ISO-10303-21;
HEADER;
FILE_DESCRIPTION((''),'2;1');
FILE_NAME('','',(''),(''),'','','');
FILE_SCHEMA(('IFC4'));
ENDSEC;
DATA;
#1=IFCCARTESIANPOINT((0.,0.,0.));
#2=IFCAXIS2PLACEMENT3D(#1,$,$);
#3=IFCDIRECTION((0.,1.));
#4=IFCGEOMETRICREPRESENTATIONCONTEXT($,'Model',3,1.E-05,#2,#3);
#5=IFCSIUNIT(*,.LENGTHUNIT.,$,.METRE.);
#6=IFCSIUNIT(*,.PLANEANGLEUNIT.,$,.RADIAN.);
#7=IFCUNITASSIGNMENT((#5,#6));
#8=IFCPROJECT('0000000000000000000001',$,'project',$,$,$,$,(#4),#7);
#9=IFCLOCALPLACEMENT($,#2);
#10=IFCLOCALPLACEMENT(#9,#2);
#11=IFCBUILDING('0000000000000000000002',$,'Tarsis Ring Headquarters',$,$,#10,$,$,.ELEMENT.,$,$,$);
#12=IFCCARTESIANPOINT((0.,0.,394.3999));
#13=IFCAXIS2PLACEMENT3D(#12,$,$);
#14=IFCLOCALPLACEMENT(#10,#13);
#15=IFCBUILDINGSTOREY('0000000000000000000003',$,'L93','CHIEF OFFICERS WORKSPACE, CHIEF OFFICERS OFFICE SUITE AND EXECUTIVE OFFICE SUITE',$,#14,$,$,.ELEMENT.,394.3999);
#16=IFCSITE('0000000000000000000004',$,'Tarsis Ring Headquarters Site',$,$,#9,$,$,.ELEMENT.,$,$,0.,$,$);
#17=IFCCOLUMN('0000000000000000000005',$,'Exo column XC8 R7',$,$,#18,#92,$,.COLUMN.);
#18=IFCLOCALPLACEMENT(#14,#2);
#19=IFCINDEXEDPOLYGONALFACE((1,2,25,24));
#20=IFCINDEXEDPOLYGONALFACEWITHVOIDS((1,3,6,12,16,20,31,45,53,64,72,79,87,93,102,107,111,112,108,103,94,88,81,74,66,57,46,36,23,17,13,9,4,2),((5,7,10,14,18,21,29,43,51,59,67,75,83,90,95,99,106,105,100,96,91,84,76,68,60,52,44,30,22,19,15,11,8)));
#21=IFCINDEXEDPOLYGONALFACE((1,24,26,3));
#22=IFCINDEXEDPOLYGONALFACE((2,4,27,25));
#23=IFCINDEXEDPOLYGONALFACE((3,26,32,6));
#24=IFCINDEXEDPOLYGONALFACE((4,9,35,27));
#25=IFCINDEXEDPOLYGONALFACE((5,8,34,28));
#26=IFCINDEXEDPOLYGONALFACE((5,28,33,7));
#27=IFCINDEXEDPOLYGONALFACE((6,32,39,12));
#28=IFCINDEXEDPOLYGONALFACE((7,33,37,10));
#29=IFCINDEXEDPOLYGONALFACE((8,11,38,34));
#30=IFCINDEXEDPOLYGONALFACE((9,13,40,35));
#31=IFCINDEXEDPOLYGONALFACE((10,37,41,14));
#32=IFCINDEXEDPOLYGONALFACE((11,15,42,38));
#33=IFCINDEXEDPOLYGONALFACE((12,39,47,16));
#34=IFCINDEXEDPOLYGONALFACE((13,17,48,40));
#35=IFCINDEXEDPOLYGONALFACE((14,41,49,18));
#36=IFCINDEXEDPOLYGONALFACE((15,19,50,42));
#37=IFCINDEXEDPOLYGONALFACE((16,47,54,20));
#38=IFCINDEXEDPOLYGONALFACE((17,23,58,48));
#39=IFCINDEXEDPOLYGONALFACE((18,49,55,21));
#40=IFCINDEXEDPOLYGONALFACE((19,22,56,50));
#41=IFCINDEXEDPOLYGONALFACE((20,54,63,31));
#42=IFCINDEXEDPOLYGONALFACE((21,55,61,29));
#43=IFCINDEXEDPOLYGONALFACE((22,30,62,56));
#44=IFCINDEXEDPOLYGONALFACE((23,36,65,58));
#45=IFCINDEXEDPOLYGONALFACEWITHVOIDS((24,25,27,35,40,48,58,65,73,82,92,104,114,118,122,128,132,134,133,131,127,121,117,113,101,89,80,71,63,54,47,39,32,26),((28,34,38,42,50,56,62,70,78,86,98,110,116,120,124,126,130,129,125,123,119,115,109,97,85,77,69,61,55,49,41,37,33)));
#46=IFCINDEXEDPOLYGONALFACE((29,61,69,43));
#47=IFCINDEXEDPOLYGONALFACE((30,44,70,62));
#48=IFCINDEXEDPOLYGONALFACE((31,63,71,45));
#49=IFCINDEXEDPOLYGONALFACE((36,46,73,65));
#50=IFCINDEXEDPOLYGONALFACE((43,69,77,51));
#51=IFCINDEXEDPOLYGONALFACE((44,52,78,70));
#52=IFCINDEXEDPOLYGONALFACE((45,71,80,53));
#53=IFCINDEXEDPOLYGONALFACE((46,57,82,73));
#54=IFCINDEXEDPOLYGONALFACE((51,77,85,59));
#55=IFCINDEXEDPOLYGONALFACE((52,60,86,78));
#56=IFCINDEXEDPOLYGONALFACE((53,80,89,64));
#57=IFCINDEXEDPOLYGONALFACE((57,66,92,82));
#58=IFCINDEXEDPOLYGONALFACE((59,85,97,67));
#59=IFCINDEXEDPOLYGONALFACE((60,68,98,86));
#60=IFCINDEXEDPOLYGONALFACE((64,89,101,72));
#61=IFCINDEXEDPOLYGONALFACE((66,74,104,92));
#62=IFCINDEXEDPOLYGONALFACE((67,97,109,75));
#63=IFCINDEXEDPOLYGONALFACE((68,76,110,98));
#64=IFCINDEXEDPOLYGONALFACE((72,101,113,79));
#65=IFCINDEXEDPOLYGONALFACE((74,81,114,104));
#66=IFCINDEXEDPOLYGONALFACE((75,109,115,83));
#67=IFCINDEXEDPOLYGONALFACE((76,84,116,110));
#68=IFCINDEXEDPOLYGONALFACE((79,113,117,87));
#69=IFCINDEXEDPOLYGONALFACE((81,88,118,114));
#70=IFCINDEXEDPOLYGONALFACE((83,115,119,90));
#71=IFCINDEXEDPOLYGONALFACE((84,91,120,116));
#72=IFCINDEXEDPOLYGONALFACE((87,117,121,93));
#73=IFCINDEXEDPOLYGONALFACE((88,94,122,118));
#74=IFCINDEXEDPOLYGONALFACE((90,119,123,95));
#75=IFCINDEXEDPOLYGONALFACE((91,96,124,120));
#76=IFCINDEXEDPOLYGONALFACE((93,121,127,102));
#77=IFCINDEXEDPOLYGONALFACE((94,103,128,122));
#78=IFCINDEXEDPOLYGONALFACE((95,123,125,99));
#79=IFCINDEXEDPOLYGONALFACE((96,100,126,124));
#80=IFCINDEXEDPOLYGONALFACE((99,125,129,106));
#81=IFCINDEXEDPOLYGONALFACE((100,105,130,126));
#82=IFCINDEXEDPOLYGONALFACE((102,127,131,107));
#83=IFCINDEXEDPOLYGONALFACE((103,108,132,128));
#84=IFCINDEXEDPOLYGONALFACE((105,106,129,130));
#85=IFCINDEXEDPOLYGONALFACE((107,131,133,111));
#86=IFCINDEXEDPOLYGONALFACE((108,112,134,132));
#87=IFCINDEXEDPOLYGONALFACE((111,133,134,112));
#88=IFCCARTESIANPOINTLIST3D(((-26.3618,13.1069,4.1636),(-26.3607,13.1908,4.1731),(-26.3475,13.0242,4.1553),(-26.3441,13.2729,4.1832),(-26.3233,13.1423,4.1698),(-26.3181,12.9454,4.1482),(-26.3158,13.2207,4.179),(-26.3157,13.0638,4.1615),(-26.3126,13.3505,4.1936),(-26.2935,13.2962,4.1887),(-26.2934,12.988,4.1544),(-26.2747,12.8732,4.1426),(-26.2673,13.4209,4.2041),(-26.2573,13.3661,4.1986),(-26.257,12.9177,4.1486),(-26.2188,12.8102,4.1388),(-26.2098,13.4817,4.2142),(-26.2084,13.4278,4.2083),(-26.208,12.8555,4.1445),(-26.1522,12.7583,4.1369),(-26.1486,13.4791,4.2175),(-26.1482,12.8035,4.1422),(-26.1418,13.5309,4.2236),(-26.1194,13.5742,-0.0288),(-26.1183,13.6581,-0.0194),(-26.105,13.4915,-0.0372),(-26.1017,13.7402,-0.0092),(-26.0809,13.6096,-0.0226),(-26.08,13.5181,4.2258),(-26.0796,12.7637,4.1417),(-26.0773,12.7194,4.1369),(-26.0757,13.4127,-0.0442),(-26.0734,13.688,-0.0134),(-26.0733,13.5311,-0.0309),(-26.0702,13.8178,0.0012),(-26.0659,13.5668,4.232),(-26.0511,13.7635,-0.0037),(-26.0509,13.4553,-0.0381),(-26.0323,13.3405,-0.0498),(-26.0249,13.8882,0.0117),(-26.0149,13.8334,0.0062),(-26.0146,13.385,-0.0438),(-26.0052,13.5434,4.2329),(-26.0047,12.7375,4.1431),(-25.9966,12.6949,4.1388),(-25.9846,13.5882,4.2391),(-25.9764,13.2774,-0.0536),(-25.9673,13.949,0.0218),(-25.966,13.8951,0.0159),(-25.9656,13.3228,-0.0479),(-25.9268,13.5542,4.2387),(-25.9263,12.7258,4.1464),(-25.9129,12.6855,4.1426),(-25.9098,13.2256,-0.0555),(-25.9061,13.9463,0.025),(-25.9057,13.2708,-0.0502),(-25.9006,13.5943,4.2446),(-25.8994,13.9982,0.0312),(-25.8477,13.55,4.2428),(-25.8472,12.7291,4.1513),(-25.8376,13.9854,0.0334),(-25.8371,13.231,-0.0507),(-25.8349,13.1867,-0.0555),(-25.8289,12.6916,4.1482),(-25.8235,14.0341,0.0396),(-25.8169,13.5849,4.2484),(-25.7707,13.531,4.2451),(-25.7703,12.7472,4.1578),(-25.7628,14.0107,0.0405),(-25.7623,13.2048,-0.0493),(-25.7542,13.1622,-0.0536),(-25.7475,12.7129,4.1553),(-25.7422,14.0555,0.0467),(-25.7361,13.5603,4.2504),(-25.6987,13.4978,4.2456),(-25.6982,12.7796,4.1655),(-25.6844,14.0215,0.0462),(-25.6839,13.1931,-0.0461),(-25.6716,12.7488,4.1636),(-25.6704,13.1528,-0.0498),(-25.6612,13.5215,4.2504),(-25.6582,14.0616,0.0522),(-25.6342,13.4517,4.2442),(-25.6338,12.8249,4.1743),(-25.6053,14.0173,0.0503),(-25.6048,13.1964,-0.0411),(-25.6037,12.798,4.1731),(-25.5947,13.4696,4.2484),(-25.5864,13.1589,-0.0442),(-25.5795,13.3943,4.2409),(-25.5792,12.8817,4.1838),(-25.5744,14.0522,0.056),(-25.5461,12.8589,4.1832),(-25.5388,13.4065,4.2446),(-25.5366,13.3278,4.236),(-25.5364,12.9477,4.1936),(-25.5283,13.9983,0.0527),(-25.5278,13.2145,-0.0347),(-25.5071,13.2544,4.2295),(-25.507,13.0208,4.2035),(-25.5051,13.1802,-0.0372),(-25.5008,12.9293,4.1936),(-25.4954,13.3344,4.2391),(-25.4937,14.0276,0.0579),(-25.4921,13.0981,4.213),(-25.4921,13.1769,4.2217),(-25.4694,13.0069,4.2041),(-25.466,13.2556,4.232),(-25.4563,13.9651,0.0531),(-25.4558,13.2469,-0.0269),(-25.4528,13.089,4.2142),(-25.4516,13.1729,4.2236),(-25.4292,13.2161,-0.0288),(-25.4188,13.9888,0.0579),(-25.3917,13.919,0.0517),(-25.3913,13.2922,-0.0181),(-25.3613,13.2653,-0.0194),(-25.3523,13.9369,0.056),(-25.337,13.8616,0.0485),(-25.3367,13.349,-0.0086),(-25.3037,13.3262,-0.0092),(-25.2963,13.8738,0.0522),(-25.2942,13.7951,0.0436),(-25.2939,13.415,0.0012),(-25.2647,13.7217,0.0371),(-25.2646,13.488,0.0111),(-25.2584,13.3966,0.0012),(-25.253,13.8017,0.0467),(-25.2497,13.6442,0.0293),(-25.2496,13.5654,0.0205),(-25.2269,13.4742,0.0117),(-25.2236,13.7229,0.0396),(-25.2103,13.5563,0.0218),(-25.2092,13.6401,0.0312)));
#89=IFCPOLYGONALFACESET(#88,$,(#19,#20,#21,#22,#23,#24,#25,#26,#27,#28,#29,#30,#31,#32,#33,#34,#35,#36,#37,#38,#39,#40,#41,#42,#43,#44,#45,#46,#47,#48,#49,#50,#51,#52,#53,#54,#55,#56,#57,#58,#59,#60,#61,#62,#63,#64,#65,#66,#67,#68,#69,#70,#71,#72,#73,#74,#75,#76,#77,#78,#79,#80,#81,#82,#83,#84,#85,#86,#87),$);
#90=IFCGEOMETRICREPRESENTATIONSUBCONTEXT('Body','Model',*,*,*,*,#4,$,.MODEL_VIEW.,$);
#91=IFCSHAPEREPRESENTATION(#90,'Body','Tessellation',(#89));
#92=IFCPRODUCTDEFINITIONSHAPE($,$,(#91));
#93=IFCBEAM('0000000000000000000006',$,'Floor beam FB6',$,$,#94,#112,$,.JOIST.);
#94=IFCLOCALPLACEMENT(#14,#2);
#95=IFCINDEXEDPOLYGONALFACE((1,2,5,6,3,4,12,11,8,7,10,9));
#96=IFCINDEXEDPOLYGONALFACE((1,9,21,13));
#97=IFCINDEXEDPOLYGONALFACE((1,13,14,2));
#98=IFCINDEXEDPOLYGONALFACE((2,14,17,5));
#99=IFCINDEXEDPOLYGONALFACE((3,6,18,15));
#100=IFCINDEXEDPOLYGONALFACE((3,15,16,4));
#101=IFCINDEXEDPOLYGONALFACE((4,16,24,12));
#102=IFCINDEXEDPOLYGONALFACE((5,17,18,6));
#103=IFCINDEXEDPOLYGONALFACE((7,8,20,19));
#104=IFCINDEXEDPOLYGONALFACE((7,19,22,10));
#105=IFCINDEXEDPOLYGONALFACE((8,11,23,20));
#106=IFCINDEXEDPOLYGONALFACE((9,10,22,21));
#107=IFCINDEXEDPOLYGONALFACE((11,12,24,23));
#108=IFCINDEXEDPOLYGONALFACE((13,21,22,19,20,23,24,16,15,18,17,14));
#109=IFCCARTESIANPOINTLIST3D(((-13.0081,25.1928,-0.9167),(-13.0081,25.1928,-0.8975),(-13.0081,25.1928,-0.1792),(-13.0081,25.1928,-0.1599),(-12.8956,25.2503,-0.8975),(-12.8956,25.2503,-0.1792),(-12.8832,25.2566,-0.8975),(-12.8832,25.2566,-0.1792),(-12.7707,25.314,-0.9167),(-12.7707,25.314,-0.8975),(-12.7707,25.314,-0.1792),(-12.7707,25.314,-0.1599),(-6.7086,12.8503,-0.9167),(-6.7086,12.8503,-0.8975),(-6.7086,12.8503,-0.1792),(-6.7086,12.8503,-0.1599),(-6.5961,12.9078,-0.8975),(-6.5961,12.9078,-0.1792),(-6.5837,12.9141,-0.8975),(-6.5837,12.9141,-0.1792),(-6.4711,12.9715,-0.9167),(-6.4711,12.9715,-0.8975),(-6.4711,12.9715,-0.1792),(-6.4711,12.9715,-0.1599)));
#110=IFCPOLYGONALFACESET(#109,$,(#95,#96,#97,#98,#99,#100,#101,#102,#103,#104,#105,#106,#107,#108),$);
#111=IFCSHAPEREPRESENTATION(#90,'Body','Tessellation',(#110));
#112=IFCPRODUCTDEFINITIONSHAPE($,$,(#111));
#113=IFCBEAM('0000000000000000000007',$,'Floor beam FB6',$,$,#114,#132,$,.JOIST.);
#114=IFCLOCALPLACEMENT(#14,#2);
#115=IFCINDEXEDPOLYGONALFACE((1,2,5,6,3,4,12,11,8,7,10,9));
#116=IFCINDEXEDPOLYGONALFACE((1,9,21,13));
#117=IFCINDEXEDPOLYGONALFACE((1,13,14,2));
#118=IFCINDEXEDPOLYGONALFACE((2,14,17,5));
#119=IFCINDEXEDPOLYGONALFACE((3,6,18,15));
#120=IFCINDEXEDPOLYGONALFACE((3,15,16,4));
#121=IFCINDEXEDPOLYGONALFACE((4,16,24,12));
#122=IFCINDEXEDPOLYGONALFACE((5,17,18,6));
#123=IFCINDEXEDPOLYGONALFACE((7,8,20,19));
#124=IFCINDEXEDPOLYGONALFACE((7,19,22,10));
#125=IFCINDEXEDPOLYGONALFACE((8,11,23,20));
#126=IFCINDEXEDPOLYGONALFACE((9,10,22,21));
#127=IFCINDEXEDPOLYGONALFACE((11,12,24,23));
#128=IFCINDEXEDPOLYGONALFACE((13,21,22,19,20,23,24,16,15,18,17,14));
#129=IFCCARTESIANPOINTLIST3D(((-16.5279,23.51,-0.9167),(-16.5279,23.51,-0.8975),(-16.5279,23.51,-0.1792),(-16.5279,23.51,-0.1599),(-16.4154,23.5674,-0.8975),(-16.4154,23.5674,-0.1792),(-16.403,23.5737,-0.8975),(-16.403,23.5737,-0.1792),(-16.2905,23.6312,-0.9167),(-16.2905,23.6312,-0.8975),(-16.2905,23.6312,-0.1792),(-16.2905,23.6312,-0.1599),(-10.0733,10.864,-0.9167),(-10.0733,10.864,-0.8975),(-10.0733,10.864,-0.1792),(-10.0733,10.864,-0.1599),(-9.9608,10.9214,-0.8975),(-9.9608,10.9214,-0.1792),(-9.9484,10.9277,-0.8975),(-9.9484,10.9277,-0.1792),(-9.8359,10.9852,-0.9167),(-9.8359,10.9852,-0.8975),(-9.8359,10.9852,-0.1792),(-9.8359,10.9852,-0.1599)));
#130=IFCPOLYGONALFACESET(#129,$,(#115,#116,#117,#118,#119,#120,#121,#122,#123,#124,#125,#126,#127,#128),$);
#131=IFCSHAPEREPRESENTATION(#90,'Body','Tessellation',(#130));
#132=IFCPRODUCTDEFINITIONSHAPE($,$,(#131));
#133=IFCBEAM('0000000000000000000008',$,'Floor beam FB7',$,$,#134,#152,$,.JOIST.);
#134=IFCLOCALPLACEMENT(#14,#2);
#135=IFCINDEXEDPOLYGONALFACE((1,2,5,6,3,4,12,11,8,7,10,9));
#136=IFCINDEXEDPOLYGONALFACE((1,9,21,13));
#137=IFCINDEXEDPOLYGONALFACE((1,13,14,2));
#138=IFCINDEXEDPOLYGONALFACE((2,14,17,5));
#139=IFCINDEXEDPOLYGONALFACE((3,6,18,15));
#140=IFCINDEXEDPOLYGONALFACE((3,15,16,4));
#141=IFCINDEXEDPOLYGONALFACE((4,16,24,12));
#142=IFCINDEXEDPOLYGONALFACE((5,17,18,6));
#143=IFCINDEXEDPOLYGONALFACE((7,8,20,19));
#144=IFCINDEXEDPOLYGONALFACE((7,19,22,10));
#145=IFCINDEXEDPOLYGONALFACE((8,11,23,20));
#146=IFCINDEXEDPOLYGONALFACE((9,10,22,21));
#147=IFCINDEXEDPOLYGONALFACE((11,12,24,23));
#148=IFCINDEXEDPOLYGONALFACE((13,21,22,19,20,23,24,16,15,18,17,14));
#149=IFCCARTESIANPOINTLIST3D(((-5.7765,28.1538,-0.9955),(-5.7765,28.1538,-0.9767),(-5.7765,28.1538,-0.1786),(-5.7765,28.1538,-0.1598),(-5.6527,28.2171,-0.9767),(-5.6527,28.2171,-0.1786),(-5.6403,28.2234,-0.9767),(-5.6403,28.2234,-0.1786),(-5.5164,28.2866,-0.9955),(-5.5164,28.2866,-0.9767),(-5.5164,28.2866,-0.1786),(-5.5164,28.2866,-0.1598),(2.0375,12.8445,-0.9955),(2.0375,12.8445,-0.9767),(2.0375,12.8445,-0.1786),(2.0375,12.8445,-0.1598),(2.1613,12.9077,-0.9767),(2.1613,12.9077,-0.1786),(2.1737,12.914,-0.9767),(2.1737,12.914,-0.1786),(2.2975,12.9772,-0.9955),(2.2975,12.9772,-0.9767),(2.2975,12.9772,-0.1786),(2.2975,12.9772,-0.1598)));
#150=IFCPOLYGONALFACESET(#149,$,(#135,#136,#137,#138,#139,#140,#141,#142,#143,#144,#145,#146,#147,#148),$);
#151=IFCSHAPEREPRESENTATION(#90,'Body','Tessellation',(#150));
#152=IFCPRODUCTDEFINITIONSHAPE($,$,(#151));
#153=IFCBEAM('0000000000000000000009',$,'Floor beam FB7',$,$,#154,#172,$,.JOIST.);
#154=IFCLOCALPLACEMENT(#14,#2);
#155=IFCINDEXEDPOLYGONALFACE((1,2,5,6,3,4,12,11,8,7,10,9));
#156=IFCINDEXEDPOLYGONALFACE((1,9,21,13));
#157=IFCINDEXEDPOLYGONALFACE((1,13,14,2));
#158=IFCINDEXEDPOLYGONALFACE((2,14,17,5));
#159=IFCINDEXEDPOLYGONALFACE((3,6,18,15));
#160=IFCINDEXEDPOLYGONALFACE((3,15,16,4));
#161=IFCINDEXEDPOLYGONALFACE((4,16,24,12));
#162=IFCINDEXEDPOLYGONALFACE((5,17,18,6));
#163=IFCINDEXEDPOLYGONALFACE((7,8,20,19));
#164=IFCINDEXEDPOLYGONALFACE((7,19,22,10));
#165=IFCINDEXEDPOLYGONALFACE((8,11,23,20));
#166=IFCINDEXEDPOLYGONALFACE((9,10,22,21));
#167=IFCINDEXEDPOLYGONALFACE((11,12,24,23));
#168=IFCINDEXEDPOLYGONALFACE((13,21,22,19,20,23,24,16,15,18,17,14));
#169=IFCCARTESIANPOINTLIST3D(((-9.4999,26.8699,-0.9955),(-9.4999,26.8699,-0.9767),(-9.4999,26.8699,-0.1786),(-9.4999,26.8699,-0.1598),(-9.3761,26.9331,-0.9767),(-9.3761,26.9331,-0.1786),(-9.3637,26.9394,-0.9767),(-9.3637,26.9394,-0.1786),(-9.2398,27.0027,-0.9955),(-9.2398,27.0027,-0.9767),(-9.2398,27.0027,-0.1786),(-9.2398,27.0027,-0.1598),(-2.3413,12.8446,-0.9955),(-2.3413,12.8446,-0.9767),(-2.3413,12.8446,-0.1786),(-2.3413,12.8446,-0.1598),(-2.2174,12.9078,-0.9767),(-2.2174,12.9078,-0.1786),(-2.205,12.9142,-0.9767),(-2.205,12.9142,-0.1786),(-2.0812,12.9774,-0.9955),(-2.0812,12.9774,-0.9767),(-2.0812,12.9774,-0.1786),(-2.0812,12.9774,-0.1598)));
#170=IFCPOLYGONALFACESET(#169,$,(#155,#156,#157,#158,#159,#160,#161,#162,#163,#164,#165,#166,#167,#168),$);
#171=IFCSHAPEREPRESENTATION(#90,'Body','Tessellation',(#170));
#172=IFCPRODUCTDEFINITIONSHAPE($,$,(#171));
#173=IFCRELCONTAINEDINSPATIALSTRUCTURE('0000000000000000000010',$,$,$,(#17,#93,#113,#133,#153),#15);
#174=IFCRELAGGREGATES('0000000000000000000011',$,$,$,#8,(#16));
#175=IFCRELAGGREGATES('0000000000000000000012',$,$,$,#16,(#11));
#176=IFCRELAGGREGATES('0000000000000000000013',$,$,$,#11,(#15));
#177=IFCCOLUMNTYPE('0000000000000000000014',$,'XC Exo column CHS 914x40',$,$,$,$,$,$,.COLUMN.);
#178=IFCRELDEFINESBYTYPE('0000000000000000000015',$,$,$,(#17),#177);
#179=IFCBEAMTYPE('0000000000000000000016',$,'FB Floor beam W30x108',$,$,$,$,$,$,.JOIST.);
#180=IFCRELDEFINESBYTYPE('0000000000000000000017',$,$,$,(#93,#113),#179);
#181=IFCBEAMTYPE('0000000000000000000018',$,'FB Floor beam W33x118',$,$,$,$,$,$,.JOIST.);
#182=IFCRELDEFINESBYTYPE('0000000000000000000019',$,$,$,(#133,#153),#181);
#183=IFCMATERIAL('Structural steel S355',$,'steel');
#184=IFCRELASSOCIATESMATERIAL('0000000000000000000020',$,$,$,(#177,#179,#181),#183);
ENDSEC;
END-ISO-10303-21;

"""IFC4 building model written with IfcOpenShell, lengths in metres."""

from ifc_helpers import new_model, si_unit, direction, frame, origin, origin_2d, place, context, subcontext, project, spatial, hollow_circle, i_section, extrude, material, material_profile, profile_set, type_object, element, save


model = new_model("IFC4")

# Units and contexts
model_context = context("Model", 3, precision=1e-05, world=origin(), true_north=direction((0.0, 1.0)))
body_context = subcontext(model_context, "Body", "Model", "MODEL_VIEW")
ifc_project = project(units=[si_unit("LENGTHUNIT", "METRE"), si_unit("PLANEANGLEUNIT", "RADIAN")], contexts=[model_context])

# Site, building, storey
site_placement = place(None, origin())
site = spatial("IfcSite", under=ifc_project, at=site_placement, Name="Tarsis Ring Headquarters Site", CompositionType="ELEMENT", RefElevation=0.0)
building_placement = place(site_placement, origin())
building = spatial("IfcBuilding", under=site, at=building_placement, Name="Tarsis Ring Headquarters", CompositionType="ELEMENT")
storey_placement = place(building_placement, frame((0.0, 0.0, 394.3999)))
storey = spatial("IfcBuildingStorey", under=building, at=storey_placement, Name="L93", Description="CHIEF OFFICERS WORKSPACE, CHIEF OFFICERS OFFICE SUITE AND EXECUTIVE OFFICE SUITE", CompositionType="ELEMENT", Elevation=394.3999)

# Column
ifc_material_1 = material(Name="Structural steel S355", Category="steel")
ifc_material_profile_1 = material_profile(ifc_material_1, hollow_circle(Radius=0.457, WallThickness=0.04, at=origin_2d()), Name="CHS 914x40")
ifc_profile_set_1 = profile_set([ifc_material_profile_1], Name="Structural steel S355")
column_type = type_object("IfcColumnType", Name="XC Exo column CHS 914x40", PredefinedType="COLUMN", material=ifc_profile_set_1)
for number, where, z_axis, x_axis, name in (
    (1, (-25.6643, 13.6072, 0.0012), (-0.057376, -0.110592, 0.992208), (0.887649, -0.46052, 0.0), "Exo column XC8 R7"),
):
    element("IfcColumn", number, at=place(storey_placement, frame(where, z_axis=z_axis, x_axis=x_axis)), inside=storey, type_object=column_type, Name=name, PredefinedType="COLUMN", context=body_context, shape_type="SweptSolid", body=[
        extrude(hollow_circle(Radius=0.4573, WallThickness=0.04, at=origin_2d()), origin(), (0.0, 0.0, 1.0), 4.2253),
    ])

# Beams
ifc_material_profile_2 = material_profile(ifc_material_1, i_section(OverallWidth=0.2666, OverallDepth=0.7568, WebThickness=0.0139, FlangeThickness=0.0193, at=origin_2d()), Name="W30x108")
ifc_profile_set_2 = profile_set([ifc_material_profile_2], Name="Structural steel S355")
beam_type_1 = type_object("IfcBeamType", Name="FB Floor beam W30x108", PredefinedType="JOIST", material=ifc_profile_set_2)
beam_1_placement = place(storey_placement, frame((-12.8894, 25.2534, -0.5383), z_axis=(0.454605, -0.890693, 0.0), x_axis=(0.890693, 0.454605, 0.0)))
element("IfcBeam", 2, at=beam_1_placement, inside=storey, type_object=beam_type_1, Name="Floor beam FB6", PredefinedType="JOIST", context=body_context, shape_type="SweptSolid", body=[
    extrude(i_section(OverallWidth=0.2666, OverallDepth=0.7568, WebThickness=0.0139, FlangeThickness=0.0193, at=origin_2d()), origin(), (0.0, 0.0, 1.0), 13.8572),
])
beam_2_placement = place(storey_placement, frame((-16.4092, 23.5706, -0.5383), z_axis=(0.454613, -0.890689, 0.0), x_axis=(0.890689, 0.454613, 0.0)))
element("IfcBeam", 3, at=beam_2_placement, inside=storey, type_object=beam_type_1, Name="Floor beam FB6", PredefinedType="JOIST", context=body_context, shape_type="SweptSolid", body=[
    extrude(i_section(OverallWidth=0.2666, OverallDepth=0.7568, WebThickness=0.0139, FlangeThickness=0.0193, at=origin_2d()), origin(), (0.0, 0.0, 1.0), 14.198),
])
ifc_material_profile_3 = material_profile(ifc_material_1, i_section(OverallWidth=0.292, OverallDepth=0.8357, WebThickness=0.0139, FlangeThickness=0.0188, at=origin_2d()), Name="W33x118")
ifc_profile_set_3 = profile_set([ifc_material_profile_3], Name="Structural steel S355")
beam_type_2 = type_object("IfcBeamType", Name="FB Floor beam W33x118", PredefinedType="JOIST", material=ifc_profile_set_3)
beam_3_placement = place(storey_placement, frame((-5.6465, 28.2202, -0.5776), z_axis=(0.454613, -0.890689, 0.0), x_axis=(0.890689, 0.454613, 0.0)))
element("IfcBeam", 4, at=beam_3_placement, inside=storey, type_object=beam_type_2, Name="Floor beam FB7", PredefinedType="JOIST", context=body_context, shape_type="SweptSolid", body=[
    extrude(i_section(OverallWidth=0.292, OverallDepth=0.8357, WebThickness=0.0139, FlangeThickness=0.0188, at=origin_2d()), origin(), (0.0, 0.0, 1.0), 17.1882),
])
beam_4_placement = place(storey_placement, frame((-9.3699, 26.9363, -0.5776), z_axis=(0.454615, -0.890688, 0.0), x_axis=(0.890688, 0.454615, 0.0)))
element("IfcBeam", 5, at=beam_4_placement, inside=storey, type_object=beam_type_2, Name="Floor beam FB7", PredefinedType="JOIST", context=body_context, shape_type="SweptSolid", body=[
    extrude(i_section(OverallWidth=0.292, OverallDepth=0.8357, WebThickness=0.0139, FlangeThickness=0.0188, at=origin_2d()), origin(), (0.0, 0.0, 1.0), 15.7466),
])

save(model, "model.ifc")
